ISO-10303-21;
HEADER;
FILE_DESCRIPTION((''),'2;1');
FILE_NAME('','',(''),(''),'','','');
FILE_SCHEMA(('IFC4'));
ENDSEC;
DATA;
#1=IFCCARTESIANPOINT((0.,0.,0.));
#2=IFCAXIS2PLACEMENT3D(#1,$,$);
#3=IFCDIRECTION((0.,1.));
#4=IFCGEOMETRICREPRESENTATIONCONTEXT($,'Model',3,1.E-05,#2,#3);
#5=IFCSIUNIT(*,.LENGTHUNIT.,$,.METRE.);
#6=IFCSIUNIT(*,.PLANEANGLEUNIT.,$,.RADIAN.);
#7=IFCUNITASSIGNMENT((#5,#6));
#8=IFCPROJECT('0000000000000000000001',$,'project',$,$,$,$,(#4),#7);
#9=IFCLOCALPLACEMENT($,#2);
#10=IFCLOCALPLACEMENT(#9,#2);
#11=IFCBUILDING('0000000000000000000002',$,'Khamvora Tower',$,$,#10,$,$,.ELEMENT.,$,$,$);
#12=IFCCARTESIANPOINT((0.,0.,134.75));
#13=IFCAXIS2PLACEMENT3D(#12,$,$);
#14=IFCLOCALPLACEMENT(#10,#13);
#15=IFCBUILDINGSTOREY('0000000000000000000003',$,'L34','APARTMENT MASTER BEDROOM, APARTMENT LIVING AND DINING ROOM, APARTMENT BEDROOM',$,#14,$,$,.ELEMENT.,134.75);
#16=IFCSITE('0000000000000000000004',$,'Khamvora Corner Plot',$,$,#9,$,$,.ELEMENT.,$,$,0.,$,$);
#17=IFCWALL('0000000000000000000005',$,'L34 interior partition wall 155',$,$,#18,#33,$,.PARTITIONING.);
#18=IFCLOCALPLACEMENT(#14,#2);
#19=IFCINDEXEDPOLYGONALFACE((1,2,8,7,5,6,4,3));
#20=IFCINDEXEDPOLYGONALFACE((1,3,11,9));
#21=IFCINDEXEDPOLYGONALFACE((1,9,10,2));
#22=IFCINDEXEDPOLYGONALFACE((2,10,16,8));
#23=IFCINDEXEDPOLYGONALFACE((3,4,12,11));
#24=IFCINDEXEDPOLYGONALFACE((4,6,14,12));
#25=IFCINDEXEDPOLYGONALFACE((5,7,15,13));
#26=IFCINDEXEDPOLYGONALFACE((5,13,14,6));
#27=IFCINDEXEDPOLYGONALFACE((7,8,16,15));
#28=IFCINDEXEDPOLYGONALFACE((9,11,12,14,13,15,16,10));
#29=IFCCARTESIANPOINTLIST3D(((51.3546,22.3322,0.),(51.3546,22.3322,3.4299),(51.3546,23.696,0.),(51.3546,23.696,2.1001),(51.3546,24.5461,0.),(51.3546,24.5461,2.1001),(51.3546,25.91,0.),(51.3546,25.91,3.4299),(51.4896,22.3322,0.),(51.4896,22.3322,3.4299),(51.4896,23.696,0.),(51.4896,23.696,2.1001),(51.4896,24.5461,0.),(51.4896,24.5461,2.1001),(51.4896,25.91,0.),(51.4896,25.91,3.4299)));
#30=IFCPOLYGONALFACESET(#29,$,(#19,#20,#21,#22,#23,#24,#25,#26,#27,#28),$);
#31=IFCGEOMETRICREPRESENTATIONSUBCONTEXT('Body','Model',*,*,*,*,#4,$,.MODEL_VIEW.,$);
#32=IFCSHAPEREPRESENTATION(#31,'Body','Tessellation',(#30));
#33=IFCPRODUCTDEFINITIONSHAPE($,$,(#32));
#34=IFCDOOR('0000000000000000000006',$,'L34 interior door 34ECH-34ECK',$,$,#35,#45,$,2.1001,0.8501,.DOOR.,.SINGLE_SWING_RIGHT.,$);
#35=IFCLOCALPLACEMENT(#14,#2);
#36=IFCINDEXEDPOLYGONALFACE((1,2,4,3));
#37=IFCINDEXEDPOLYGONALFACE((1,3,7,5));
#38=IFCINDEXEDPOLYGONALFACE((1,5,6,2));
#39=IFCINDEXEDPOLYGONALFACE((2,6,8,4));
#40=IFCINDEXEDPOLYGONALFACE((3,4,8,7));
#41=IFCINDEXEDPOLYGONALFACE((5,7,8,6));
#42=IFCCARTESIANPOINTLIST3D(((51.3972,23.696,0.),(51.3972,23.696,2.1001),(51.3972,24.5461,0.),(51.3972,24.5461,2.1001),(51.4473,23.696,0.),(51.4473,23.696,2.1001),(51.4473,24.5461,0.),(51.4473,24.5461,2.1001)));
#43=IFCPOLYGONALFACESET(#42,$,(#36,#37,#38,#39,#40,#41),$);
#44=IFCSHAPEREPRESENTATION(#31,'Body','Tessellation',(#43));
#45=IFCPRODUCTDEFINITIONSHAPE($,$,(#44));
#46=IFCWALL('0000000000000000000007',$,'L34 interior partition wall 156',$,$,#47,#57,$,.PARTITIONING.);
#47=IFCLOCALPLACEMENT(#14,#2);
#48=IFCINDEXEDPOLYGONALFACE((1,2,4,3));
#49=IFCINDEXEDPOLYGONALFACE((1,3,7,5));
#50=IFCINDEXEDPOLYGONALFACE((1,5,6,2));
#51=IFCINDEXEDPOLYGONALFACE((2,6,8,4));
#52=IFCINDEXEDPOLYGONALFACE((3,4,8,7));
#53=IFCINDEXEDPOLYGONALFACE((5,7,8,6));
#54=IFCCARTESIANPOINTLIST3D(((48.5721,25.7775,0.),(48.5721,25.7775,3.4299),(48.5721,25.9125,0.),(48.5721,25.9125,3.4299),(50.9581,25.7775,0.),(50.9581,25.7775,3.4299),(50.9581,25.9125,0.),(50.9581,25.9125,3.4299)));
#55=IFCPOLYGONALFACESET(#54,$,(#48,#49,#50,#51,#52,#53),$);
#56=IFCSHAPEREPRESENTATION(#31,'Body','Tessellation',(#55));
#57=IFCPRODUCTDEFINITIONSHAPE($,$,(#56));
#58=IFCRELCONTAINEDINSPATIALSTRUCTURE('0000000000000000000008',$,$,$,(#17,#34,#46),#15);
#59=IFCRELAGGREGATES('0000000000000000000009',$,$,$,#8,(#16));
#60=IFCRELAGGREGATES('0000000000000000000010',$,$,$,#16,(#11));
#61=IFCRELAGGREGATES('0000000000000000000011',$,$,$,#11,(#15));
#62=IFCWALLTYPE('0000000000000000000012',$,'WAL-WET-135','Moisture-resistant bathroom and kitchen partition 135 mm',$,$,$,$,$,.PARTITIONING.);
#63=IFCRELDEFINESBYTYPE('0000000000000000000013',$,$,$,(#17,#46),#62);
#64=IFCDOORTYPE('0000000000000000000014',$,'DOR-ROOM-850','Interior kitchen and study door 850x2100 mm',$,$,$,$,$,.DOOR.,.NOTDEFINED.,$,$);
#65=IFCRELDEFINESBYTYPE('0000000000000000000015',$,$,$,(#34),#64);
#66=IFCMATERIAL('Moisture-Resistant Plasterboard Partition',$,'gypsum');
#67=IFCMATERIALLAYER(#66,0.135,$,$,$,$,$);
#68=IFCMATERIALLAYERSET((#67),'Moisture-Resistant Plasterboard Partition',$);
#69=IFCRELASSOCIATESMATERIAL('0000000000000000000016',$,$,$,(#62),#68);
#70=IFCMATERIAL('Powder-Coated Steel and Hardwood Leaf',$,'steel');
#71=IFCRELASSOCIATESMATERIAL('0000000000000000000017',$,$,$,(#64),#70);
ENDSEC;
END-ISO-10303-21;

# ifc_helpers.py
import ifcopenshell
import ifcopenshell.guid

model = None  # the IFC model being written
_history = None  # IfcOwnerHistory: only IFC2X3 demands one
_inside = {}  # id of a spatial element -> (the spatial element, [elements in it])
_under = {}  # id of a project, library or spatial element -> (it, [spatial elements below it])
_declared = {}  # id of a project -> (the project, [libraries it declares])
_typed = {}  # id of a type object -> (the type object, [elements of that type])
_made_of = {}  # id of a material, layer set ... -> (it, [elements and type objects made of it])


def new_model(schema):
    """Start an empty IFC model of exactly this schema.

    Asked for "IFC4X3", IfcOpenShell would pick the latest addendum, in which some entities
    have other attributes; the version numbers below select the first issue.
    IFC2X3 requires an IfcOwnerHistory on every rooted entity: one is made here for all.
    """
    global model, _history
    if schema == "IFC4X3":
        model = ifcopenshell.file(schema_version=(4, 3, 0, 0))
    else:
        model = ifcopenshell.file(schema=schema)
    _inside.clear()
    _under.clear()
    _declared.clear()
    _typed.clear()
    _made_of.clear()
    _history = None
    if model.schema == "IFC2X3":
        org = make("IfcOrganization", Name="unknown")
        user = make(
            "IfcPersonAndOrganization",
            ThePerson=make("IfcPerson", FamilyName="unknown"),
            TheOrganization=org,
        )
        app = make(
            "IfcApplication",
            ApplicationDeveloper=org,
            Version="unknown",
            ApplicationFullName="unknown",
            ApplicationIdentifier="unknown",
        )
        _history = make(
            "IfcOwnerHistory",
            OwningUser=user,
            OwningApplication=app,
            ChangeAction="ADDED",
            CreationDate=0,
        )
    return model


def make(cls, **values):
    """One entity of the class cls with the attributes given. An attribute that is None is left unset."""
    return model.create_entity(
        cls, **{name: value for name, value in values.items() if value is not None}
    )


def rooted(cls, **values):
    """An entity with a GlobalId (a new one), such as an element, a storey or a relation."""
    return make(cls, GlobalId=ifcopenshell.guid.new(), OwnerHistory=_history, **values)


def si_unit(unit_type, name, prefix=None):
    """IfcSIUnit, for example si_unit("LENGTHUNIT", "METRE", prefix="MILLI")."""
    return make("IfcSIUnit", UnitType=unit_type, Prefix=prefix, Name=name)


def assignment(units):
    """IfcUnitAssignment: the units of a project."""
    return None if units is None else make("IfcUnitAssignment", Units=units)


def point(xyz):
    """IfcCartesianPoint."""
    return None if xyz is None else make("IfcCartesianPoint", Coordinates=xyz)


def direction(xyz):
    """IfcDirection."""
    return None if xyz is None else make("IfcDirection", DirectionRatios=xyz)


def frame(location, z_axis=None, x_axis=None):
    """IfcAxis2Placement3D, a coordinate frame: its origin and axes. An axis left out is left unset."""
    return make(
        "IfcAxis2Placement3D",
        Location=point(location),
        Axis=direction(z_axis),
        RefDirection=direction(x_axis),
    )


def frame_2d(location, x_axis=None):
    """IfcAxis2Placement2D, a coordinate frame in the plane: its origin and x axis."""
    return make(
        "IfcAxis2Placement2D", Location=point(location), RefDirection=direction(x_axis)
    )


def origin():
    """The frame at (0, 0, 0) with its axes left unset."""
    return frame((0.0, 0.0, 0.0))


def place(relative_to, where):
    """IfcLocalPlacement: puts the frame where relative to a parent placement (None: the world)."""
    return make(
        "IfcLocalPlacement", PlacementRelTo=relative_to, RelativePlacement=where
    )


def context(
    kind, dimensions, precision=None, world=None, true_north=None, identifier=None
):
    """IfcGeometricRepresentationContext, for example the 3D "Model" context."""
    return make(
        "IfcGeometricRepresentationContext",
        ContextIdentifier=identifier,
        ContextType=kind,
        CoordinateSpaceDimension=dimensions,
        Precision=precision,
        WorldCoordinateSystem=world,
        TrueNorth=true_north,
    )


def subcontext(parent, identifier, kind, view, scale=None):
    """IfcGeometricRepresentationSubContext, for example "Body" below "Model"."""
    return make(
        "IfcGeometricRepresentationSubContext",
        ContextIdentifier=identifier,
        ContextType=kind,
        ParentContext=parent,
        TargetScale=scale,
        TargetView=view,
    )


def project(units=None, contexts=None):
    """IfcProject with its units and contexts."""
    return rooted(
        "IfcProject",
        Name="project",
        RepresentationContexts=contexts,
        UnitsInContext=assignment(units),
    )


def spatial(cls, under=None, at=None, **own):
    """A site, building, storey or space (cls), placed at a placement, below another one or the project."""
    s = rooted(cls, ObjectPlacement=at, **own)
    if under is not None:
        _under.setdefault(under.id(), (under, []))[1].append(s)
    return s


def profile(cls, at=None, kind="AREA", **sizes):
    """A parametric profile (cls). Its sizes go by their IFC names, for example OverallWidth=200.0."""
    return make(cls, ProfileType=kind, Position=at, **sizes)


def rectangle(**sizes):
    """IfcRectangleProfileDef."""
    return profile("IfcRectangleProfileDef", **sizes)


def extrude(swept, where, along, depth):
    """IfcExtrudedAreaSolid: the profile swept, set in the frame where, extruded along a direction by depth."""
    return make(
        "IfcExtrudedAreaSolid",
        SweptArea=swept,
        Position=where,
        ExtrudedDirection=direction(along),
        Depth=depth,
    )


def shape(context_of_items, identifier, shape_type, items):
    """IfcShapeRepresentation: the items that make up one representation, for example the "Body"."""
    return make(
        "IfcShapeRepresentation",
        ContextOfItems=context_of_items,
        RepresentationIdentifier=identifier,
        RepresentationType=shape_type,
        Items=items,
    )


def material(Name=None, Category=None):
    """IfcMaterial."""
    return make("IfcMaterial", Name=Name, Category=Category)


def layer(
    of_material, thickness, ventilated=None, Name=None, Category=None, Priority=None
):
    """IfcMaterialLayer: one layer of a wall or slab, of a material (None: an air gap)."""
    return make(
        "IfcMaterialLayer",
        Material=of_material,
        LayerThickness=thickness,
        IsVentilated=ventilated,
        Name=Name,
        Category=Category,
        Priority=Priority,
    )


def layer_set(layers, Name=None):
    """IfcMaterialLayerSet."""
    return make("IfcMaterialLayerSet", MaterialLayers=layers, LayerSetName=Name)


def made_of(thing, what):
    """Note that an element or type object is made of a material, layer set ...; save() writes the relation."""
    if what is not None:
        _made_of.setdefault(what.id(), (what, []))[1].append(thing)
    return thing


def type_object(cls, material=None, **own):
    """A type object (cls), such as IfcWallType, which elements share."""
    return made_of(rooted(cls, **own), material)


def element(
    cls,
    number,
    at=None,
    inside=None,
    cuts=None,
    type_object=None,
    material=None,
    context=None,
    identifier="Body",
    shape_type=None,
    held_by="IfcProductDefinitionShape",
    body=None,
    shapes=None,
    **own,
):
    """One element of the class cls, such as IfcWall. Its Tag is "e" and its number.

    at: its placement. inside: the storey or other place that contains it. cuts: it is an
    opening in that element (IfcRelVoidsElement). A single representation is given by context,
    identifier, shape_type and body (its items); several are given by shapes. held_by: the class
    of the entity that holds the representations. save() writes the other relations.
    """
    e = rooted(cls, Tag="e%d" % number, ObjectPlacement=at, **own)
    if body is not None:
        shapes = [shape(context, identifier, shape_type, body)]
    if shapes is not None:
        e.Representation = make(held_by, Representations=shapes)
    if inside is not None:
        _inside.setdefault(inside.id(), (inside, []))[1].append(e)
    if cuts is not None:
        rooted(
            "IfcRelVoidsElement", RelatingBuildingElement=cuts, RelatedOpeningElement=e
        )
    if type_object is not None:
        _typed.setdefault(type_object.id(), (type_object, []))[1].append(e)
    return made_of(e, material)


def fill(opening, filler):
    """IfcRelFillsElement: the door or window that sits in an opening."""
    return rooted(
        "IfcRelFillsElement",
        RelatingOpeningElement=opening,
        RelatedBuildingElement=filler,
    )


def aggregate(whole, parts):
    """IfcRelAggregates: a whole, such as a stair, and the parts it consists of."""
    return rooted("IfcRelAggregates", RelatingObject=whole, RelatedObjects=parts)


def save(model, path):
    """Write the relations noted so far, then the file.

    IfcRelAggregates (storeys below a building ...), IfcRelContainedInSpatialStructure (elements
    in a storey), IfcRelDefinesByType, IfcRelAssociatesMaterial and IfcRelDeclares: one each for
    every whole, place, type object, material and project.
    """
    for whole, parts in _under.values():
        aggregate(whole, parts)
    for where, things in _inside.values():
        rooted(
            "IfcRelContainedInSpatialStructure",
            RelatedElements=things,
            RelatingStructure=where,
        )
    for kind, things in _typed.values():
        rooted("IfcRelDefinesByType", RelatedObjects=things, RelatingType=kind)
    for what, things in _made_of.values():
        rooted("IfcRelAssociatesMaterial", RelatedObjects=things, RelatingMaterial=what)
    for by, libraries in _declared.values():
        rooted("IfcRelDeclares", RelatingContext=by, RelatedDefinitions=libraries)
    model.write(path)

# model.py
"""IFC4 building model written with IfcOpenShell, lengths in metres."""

from ifc_helpers import new_model, si_unit, direction, frame, frame_2d, origin, place, context, subcontext, project, spatial, rectangle, extrude, material, layer, layer_set, type_object, element, fill, save


model = new_model("IFC4")

# Units and contexts
model_context = context("Model", 3, precision=1e-05, world=origin(), true_north=direction((0.0, 1.0)))
body_context = subcontext(model_context, "Body", "Model", "MODEL_VIEW")
ifc_project = project(units=[si_unit("LENGTHUNIT", "METRE"), si_unit("PLANEANGLEUNIT", "RADIAN")], contexts=[model_context])

# Site, building, storey
site_placement = place(None, origin())
site = spatial("IfcSite", under=ifc_project, at=site_placement, Name="Khamvora Corner Plot", CompositionType="ELEMENT", RefElevation=0.0)
building_placement = place(site_placement, origin())
building = spatial("IfcBuilding", under=site, at=building_placement, Name="Khamvora Tower", CompositionType="ELEMENT")
storey_placement = place(building_placement, frame((0.0, 0.0, 134.75)))
storey = spatial("IfcBuildingStorey", under=building, at=storey_placement, Name="L34", Description="APARTMENT MASTER BEDROOM, APARTMENT LIVING AND DINING ROOM, APARTMENT BEDROOM", CompositionType="ELEMENT", Elevation=134.75)

# Shared definitions
ifc_material_1 = material(Name="Powder-Coated Steel and Hardwood Leaf", Category="steel")

# Shared definitions
ifc_material_2 = material(Name="Moisture-Resistant Plasterboard Partition", Category="gypsum")
ifc_layer_1 = layer(ifc_material_2, 0.135)
ifc_layer_set_1 = layer_set([ifc_layer_1], Name="Moisture-Resistant Plasterboard Partition")
wall_type_1 = type_object("IfcWallType", Name="WAL-WET-135", Description="Moisture-resistant bathroom and kitchen partition 135 mm", PredefinedType="PARTITIONING", material=ifc_layer_set_1)

# Shared definitions
door_type_1 = type_object("IfcDoorType", Name="DOR-ROOM-850", Description="Interior kitchen and study door 850x2100 mm", OperationType="NOTDEFINED", PredefinedType="DOOR", material=ifc_material_1)

# Wall, opening, door
wall_1_placement = place(storey_placement, frame((51.4221, 22.332, 0.0), z_axis=(0.0, 0.0, 1.0), x_axis=(0.0, 1.0, 0.0)))
wall_1 = element("IfcWall", 1, at=wall_1_placement, inside=storey, type_object=wall_type_1, Name="L34 interior partition wall 155", PredefinedType="PARTITIONING", context=body_context, shape_type="SweptSolid", body=[
    extrude(rectangle(XDim=3.5779, YDim=0.135, at=frame_2d((1.7891, 0.0))), origin(), (0.0, 0.0, 1.0), 3.4299),
])
opening_1_placement = place(wall_1_placement, frame((1.364, 0.0, 0.0)))
opening_1 = element("IfcOpeningElement", 2, at=opening_1_placement, cuts=wall_1, PredefinedType="OPENING", context=body_context, shape_type="SweptSolid", body=[
    extrude(rectangle(XDim=0.8501, YDim=2.1001, at=frame_2d((0.425, 1.05))), frame((0.0, 0.0774, 0.0), z_axis=(0.0, -1.0, 0.0), x_axis=(1.0, 0.0, 0.0)), (0.0, 0.0, 1.0), 0.155),
])
door_1_placement = place(opening_1_placement, origin())
door_1 = element("IfcDoor", 3, at=door_1_placement, inside=storey, type_object=door_type_1, Name="L34 interior door 34ECH-34ECK", OperationType="SINGLE_SWING_RIGHT", OverallHeight=2.1001, OverallWidth=0.8501, PredefinedType="DOOR", context=body_context, shape_type="SweptSolid", body=[
    extrude(rectangle(XDim=0.8501, YDim=2.1001, at=frame_2d((0.425, 1.05))), frame((0.0, 0.0249, 0.0), z_axis=(0.0, -1.0, 0.0), x_axis=(1.0, 0.0, 0.0)), (0.0, 0.0, 1.0), 0.05),
])
fill(opening_1, door_1)

# Wall
wall_2_placement = place(storey_placement, frame((50.958, 25.845, 0.0), z_axis=(0.0, 0.0, 1.0), x_axis=(-1.0, 0.0, 0.0)))
element("IfcWall", 4, at=wall_2_placement, inside=storey, type_object=wall_type_1, Name="L34 interior partition wall 156", PredefinedType="PARTITIONING", context=body_context, shape_type="SweptSolid", body=[
    extrude(rectangle(XDim=2.386, YDim=0.135, at=frame_2d((1.1929, 0.0))), origin(), (0.0, 0.0, 1.0), 3.4299),
])

save(model, "model.ifc")
